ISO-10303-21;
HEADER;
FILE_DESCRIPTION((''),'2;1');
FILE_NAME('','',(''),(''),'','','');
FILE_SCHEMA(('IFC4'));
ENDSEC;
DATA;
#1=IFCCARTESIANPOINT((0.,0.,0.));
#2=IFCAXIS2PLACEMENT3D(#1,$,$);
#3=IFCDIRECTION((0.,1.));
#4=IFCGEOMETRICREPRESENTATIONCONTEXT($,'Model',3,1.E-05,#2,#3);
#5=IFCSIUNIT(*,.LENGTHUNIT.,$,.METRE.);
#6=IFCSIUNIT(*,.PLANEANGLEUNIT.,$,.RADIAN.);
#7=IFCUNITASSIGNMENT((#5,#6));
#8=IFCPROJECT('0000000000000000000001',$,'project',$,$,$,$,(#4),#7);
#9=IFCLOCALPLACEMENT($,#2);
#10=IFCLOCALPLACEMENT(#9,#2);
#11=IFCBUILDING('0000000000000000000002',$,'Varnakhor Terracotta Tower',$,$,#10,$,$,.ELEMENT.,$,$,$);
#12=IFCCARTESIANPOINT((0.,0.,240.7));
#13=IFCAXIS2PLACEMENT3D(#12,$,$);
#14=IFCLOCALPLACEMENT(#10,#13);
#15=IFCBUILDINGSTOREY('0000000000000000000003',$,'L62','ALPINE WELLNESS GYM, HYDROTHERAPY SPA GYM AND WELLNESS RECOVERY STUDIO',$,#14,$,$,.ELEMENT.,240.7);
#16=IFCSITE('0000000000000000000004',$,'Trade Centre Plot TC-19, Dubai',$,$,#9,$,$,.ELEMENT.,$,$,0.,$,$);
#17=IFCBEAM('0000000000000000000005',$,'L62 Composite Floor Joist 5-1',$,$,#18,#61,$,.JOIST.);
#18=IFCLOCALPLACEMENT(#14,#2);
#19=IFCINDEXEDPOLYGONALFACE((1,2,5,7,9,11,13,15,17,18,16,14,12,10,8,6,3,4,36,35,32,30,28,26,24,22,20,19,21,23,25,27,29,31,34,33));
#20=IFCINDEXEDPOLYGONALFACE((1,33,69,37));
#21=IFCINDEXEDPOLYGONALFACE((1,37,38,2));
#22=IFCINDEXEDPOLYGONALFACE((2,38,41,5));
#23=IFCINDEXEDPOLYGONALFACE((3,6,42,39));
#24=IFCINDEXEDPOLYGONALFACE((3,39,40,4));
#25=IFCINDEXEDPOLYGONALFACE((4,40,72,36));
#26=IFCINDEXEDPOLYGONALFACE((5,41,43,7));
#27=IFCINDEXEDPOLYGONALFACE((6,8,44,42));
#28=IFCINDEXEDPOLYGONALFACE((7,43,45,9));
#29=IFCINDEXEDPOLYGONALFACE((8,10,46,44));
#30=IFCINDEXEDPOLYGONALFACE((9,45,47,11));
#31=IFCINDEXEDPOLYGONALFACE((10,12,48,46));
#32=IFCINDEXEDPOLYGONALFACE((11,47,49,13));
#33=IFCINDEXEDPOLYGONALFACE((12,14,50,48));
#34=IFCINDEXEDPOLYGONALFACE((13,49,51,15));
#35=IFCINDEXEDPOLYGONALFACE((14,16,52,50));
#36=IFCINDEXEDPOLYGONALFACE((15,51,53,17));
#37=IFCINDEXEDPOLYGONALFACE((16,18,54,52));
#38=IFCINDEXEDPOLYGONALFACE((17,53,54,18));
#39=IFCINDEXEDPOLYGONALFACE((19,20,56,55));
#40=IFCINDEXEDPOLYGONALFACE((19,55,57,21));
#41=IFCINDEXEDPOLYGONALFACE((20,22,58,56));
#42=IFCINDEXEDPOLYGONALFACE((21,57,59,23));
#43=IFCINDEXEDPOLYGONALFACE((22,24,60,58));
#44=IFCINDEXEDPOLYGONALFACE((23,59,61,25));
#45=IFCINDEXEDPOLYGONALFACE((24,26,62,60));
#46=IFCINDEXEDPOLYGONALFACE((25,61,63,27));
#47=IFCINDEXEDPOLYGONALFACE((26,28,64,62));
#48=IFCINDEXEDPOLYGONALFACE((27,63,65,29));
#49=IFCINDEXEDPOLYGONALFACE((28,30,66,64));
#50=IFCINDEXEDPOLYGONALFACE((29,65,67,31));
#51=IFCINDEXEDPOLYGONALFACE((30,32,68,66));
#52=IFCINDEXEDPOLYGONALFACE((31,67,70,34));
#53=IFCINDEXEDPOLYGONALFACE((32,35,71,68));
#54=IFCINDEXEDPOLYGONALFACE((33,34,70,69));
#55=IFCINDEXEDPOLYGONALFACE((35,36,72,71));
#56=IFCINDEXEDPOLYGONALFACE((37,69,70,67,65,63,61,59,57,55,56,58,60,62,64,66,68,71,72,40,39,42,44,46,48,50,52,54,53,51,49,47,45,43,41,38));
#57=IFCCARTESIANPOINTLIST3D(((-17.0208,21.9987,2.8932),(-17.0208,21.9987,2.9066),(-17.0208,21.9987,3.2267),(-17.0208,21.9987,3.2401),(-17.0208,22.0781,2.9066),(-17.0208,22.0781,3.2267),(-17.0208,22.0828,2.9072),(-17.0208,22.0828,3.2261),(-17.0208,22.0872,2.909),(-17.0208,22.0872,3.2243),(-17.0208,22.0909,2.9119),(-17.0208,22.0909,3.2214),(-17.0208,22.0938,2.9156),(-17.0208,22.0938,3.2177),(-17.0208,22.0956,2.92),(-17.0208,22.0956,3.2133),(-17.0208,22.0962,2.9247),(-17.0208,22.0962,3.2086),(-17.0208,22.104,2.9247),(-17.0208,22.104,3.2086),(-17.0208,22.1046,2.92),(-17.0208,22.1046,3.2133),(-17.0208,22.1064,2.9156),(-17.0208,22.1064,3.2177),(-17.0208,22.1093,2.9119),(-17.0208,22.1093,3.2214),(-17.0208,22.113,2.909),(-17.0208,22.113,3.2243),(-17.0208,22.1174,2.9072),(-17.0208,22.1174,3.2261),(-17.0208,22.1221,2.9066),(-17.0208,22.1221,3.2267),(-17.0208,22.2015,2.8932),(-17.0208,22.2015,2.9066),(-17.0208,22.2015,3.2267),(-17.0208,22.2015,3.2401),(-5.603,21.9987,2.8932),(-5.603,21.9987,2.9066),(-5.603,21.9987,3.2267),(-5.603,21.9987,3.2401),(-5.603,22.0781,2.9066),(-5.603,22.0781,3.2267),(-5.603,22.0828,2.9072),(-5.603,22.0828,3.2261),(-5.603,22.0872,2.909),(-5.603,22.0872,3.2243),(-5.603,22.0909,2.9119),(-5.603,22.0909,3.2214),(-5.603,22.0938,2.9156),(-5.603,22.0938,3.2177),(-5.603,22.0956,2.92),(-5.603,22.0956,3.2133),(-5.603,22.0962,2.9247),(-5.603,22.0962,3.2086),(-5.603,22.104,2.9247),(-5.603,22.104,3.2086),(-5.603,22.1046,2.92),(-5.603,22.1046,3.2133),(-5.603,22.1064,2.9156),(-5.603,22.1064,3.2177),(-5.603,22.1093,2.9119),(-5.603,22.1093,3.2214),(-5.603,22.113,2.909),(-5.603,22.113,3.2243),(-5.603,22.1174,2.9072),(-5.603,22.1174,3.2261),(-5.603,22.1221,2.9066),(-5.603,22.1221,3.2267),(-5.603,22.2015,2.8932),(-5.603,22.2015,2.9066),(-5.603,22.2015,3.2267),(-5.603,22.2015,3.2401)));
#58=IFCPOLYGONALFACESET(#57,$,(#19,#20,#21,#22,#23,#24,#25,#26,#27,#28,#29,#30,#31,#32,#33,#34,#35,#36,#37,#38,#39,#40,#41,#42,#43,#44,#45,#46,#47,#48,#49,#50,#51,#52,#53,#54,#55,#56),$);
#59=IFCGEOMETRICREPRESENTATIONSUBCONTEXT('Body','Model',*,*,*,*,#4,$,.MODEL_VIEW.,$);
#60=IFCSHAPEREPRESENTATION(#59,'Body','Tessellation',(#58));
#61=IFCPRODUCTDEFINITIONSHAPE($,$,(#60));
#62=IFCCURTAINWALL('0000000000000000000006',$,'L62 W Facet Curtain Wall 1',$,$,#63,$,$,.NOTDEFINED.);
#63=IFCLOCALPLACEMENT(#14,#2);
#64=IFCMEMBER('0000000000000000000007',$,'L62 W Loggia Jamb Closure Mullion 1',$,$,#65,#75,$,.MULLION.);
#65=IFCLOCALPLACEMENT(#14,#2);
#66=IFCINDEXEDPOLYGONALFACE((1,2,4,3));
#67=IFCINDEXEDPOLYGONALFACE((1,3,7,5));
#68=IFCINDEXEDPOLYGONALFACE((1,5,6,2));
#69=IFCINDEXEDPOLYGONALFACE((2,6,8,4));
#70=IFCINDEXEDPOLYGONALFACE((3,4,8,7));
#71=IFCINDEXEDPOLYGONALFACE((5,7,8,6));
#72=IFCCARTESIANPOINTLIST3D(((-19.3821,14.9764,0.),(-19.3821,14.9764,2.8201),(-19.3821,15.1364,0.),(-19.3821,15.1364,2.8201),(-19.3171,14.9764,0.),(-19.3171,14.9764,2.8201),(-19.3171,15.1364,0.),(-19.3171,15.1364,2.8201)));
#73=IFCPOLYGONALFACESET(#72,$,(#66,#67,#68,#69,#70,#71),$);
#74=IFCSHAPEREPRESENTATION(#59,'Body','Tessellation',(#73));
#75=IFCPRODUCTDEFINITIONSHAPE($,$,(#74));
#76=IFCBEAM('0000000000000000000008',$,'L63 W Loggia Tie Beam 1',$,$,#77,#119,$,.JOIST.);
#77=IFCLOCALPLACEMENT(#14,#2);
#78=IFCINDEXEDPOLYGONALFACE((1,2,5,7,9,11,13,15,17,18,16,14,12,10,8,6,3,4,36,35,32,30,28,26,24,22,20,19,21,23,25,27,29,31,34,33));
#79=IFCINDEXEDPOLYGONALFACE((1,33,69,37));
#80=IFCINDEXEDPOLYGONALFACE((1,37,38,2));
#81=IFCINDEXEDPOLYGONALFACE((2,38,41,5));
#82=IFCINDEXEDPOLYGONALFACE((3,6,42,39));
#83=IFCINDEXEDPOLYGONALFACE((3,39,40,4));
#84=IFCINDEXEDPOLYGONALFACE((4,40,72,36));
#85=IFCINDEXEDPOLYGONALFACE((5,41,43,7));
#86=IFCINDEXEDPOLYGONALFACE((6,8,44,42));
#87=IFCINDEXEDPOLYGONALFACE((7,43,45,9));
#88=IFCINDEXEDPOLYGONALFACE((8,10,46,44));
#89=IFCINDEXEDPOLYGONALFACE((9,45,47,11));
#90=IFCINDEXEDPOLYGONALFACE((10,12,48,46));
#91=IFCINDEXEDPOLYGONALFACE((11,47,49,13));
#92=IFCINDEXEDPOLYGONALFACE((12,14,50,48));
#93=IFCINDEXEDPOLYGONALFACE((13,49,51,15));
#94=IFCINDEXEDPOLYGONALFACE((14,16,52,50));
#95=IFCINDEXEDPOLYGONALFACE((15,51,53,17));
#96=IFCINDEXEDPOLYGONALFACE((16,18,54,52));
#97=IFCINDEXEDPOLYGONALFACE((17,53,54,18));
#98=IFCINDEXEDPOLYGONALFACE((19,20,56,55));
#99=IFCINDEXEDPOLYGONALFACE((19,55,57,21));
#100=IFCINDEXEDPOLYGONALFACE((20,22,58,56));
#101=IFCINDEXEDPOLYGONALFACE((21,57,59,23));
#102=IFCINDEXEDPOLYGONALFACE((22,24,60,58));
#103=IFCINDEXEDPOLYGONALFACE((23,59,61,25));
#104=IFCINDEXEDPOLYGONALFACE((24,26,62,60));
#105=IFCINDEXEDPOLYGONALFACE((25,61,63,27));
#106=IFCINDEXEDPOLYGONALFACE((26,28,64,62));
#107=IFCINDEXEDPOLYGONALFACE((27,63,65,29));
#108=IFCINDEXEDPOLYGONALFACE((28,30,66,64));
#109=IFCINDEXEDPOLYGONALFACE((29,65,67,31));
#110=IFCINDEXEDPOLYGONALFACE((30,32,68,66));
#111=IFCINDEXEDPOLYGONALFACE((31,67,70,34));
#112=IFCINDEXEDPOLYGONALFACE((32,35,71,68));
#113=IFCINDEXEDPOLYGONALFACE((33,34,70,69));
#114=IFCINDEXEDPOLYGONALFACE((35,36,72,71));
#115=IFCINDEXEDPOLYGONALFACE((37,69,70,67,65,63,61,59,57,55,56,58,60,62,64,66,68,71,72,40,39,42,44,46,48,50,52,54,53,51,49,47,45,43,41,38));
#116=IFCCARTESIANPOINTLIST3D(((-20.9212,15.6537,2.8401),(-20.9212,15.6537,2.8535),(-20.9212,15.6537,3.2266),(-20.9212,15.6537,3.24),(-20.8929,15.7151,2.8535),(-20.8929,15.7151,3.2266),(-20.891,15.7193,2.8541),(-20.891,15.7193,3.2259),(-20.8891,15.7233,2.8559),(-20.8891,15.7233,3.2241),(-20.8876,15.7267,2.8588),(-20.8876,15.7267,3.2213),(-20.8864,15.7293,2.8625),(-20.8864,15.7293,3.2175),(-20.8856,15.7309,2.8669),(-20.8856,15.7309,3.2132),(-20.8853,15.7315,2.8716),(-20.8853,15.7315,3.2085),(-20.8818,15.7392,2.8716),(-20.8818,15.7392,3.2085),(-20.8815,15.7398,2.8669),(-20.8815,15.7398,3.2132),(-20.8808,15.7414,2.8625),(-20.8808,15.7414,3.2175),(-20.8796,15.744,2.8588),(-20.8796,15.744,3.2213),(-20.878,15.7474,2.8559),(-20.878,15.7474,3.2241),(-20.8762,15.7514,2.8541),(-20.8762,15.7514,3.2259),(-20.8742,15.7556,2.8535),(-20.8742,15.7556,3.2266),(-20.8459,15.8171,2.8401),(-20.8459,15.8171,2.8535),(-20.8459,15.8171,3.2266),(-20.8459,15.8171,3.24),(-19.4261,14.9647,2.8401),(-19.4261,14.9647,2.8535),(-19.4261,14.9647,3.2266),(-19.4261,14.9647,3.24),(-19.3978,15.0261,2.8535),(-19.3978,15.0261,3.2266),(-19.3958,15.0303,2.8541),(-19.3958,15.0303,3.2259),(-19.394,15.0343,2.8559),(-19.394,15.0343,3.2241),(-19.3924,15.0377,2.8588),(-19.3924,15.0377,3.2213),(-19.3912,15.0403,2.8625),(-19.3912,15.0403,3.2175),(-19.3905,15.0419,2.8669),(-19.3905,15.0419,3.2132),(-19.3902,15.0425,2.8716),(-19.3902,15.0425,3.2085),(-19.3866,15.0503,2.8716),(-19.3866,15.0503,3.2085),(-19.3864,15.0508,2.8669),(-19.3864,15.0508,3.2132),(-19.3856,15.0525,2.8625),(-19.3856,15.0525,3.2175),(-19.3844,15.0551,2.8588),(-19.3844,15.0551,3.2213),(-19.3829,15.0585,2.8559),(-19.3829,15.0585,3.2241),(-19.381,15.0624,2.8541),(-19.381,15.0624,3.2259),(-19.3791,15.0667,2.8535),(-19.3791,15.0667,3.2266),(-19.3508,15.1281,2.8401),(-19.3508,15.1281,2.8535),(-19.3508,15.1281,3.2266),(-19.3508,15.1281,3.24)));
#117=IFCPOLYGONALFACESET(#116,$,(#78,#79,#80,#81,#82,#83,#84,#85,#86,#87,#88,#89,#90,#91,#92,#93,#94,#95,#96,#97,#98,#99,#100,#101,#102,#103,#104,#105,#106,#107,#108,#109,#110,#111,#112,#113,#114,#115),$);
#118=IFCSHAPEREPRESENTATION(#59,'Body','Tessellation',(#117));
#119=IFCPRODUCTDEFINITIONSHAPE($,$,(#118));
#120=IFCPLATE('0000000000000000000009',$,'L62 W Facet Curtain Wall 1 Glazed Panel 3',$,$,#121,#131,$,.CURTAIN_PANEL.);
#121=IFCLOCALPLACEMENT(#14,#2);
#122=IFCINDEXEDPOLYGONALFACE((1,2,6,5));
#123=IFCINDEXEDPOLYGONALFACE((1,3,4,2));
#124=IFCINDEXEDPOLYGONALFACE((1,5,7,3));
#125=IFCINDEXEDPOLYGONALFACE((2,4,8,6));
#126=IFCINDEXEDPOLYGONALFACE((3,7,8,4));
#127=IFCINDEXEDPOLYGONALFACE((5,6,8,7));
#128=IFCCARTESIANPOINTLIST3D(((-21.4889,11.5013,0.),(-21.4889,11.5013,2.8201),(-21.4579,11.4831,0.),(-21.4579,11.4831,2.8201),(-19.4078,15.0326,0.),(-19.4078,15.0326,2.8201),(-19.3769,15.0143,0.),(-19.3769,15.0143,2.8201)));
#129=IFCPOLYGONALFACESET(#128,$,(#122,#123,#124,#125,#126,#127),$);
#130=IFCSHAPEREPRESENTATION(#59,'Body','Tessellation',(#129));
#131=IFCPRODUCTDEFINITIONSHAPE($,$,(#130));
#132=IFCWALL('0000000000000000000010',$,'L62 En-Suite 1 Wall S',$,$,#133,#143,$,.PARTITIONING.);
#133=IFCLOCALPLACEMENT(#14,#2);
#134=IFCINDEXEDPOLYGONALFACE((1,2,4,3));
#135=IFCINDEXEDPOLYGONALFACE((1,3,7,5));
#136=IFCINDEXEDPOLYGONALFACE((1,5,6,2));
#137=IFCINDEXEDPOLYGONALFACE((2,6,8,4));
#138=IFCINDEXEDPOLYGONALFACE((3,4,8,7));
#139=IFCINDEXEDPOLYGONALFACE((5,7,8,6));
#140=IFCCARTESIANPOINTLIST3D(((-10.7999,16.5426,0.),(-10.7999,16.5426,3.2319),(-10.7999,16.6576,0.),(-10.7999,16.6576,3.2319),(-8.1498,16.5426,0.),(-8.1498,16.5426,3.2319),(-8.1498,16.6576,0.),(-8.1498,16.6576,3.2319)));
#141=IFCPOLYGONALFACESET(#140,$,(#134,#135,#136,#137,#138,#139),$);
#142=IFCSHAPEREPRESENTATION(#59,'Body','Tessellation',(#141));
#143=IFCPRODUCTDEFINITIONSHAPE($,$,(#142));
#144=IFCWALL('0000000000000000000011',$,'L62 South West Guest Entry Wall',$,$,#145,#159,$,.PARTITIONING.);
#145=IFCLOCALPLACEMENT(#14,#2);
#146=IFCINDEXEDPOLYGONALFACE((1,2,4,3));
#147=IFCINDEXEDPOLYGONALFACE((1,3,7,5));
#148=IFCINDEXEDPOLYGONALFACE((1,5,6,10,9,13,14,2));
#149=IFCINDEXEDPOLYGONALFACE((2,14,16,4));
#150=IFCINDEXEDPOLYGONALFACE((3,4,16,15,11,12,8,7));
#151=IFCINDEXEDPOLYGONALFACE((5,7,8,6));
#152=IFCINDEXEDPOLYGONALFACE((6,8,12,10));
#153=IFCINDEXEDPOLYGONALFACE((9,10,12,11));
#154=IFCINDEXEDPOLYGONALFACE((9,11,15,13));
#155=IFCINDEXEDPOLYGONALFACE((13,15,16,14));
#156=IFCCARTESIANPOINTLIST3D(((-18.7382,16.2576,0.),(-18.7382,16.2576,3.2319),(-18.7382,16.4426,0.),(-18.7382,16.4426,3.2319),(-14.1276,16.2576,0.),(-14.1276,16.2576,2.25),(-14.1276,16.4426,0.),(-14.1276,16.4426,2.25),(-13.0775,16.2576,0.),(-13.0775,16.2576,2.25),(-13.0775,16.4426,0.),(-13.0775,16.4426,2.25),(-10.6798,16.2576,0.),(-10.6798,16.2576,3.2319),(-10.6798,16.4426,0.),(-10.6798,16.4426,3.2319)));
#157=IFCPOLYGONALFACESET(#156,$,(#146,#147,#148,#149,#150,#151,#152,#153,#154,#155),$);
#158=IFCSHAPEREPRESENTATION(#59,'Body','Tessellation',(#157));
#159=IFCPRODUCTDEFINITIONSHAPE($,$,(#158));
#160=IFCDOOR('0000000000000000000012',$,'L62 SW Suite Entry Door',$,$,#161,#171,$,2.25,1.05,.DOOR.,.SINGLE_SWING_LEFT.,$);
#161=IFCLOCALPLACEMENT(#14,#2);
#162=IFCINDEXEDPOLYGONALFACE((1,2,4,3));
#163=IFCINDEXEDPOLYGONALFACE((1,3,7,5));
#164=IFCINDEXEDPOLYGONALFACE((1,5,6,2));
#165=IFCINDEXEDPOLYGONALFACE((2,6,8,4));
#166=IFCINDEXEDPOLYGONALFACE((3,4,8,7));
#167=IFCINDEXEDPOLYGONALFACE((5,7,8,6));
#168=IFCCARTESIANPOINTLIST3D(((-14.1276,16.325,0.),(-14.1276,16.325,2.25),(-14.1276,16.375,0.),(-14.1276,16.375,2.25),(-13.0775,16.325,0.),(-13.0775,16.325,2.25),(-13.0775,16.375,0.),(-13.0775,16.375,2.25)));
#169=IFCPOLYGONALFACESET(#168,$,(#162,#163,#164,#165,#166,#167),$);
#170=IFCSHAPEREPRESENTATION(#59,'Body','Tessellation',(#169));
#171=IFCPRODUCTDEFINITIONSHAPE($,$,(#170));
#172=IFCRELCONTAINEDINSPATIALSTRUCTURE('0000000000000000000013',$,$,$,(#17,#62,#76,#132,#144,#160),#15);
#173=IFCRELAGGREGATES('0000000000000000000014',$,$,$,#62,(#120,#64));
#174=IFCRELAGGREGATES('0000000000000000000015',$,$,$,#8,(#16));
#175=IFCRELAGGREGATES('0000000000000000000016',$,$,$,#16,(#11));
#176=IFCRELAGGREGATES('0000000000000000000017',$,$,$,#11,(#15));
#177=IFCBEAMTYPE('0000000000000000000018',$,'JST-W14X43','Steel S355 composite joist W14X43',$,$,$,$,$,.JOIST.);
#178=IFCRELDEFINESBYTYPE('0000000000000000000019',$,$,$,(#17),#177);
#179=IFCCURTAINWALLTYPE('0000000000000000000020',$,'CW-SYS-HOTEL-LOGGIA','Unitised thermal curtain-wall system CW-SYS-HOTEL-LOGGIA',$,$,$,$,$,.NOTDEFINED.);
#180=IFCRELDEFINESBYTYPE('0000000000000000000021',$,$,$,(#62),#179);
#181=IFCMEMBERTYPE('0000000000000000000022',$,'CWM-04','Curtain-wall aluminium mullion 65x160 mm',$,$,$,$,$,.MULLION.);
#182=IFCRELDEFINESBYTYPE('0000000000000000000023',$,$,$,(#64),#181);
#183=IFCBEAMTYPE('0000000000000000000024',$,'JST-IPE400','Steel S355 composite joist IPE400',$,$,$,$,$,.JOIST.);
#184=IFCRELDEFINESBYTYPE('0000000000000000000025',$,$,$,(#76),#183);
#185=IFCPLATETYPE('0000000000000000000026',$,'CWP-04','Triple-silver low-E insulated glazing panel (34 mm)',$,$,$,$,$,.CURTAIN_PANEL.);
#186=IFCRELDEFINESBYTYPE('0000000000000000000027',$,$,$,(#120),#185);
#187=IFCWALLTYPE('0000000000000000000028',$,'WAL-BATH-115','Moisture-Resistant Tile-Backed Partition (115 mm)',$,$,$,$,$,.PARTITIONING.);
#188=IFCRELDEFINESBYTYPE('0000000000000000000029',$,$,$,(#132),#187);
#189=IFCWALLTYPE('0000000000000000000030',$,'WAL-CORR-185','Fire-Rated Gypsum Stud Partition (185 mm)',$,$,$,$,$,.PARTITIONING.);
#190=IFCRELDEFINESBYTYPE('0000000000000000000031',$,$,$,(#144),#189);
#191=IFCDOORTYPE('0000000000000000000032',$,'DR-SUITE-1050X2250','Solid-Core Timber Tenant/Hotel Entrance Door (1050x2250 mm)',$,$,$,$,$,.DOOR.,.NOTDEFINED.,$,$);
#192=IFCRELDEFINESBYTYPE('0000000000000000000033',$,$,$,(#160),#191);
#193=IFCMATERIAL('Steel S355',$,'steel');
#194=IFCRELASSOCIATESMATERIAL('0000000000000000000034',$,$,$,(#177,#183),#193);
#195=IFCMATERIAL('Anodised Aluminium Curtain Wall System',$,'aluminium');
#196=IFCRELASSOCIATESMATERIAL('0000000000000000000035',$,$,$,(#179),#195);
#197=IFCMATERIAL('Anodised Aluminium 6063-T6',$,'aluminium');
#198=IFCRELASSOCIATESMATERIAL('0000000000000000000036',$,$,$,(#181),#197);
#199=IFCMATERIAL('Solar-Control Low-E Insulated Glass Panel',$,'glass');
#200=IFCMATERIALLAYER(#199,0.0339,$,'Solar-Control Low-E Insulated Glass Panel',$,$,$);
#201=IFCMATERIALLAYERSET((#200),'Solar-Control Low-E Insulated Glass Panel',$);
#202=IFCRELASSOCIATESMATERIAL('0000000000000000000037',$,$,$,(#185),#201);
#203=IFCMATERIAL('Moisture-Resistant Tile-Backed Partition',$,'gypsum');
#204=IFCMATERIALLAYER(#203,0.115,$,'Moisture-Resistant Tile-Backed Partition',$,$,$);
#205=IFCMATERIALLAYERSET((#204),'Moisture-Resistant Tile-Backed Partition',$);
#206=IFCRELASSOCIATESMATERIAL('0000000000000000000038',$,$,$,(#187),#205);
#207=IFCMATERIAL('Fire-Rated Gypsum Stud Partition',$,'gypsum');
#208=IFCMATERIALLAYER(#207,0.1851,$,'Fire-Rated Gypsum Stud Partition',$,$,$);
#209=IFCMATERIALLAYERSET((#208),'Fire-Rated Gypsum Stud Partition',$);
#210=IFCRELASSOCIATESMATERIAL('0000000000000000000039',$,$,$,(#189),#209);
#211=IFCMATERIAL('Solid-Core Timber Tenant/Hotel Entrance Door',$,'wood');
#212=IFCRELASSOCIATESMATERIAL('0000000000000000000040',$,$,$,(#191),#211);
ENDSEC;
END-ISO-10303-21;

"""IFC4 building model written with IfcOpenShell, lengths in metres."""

from ifc_helpers import new_model, si_unit, direction, frame, frame_2d, origin, origin_2d, place, context, subcontext, project, spatial, rectangle, i_section, extrude, source, transform, mapped, material, layer, layer_set, material_profile, profile_set, type_object, type_shapes, element, fill, aggregate, save


model = new_model("IFC4")

# Units and contexts
model_context = context("Model", 3, precision=1e-05, world=origin(), true_north=direction((0.0, 1.0)))
body_context = subcontext(model_context, "Body", "Model", "MODEL_VIEW")
ifc_project = project(units=[si_unit("LENGTHUNIT", "METRE"), si_unit("PLANEANGLEUNIT", "RADIAN")], contexts=[model_context])

# Site, building, storey
site_placement = place(None, origin())
site = spatial("IfcSite", under=ifc_project, at=site_placement, Name="Trade Centre Plot TC-19, Dubai", CompositionType="ELEMENT", RefElevation=0.0)
building_placement = place(site_placement, origin())
building = spatial("IfcBuilding", under=site, at=building_placement, Name="Varnakhor Terracotta Tower", CompositionType="ELEMENT")
storey_placement = place(building_placement, frame((0.0, 0.0, 240.7)))
storey = spatial("IfcBuildingStorey", under=building, at=storey_placement, Name="L62", Description="ALPINE WELLNESS GYM, HYDROTHERAPY SPA GYM AND WELLNESS RECOVERY STUDIO", CompositionType="ELEMENT", Elevation=240.7)

# Beam
ifc_material_1 = material(Name="Steel S355", Category="steel")
ifc_material_profile_1 = material_profile(ifc_material_1, i_section(OverallWidth=0.2029, OverallDepth=0.3469, WebThickness=0.0078, FlangeThickness=0.0134, FilletRadius=0.0181, at=origin_2d()), Name="W14X43")
ifc_profile_set_1 = profile_set([ifc_material_profile_1], Name="Steel S355")
beam_type_1 = type_object("IfcBeamType", Name="JST-W14X43", Description="Steel S355 composite joist W14X43", PredefinedType="JOIST", material=ifc_profile_set_1)
shared_shape_1 = source(origin(), body_context, "Body", "SweptSolid", [
    extrude(i_section(OverallWidth=0.2029, OverallDepth=0.3469, WebThickness=0.0078, FlangeThickness=0.0134, FilletRadius=0.0181, at=origin_2d()), origin(), (0.0, 0.0, 1.0), 11.4177),
])
beam_1_placement = place(storey_placement, frame((-17.0208, 22.1001, 3.0667), z_axis=(1.0, 0.0, 0.0), x_axis=(0.0, 1.0, 0.0)))
element("IfcBeam", 1, at=beam_1_placement, inside=storey, type_object=beam_type_1, Name="L62 Composite Floor Joist 5-1", PredefinedType="JOIST", context=body_context, shape_type="MappedRepresentation", body=[
    mapped(shared_shape_1, transform((0.0, 0.0, 0.0), scale=1.0)),
])

# Curtain wall, member
ifc_material_2 = material(Name="Anodised Aluminium Curtain Wall System", Category="aluminium")
curtain_wall_type = type_object("IfcCurtainWallType", Name="CW-SYS-HOTEL-LOGGIA", Description="Unitised thermal curtain-wall system CW-SYS-HOTEL-LOGGIA", PredefinedType="NOTDEFINED", material=ifc_material_2)
curtain_wall_placement = place(storey_placement, origin())
curtain_wall = element("IfcCurtainWall", 2, at=curtain_wall_placement, inside=storey, type_object=curtain_wall_type, Name="L62 W Facet Curtain Wall 1", PredefinedType="NOTDEFINED")
ifc_material_3 = material(Name="Anodised Aluminium 6063-T6", Category="aluminium")
ifc_material_profile_2 = material_profile(ifc_material_3, rectangle(XDim=0.0649, YDim=0.1599, at=origin_2d()), Name="ALU MULLION 65x160")
ifc_profile_set_2 = profile_set([ifc_material_profile_2], Name="Anodised Aluminium 6063-T6")
member_type = type_object("IfcMemberType", Name="CWM-04", Description="Curtain-wall aluminium mullion 65x160 mm", PredefinedType="MULLION", material=ifc_profile_set_2)
shared_shape_2 = source(origin(), body_context, "Body", "SweptSolid", [
    extrude(rectangle(XDim=0.0649, YDim=0.1599, at=origin_2d()), origin(), (0.0, 0.0, 1.0), 2.8201),
])
type_shapes(member_type, [shared_shape_2])
member_placement = place(storey_placement, frame((-19.3496, 15.0564, 0.0), z_axis=(0.0, 0.0, 1.0), x_axis=(1.0, 0.0, 0.0)))
member = element("IfcMember", 3, at=member_placement, type_object=member_type, Name="L62 W Loggia Jamb Closure Mullion 1", PredefinedType="MULLION", context=body_context, shape_type="MappedRepresentation", body=[
    mapped(shared_shape_2, transform((0.0, 0.0, 0.0), scale=1.0)),
])

# Beam
ifc_material_profile_3 = material_profile(ifc_material_1, i_section(OverallWidth=0.1799, OverallDepth=0.3999, WebThickness=0.0085, FlangeThickness=0.0134, FilletRadius=0.0181, at=origin_2d()), Name="IPE400")
ifc_profile_set_3 = profile_set([ifc_material_profile_3], Name="Steel S355")
beam_type_2 = type_object("IfcBeamType", Name="JST-IPE400", Description="Steel S355 composite joist IPE400", PredefinedType="JOIST", material=ifc_profile_set_3)
shared_shape_3 = source(origin(), body_context, "Body", "SweptSolid", [
    extrude(i_section(OverallWidth=0.1799, OverallDepth=0.3999, WebThickness=0.0085, FlangeThickness=0.0134, FilletRadius=0.0181, at=origin_2d()), origin(), (0.0, 0.0, 1.0), 1.6462),
])
beam_2_placement = place(storey_placement, frame((-19.3884, 15.0464, 3.04), z_axis=(-0.908211, 0.418513, 0.0), x_axis=(-0.418513, -0.908211, 0.0)))
element("IfcBeam", 4, at=beam_2_placement, inside=storey, type_object=beam_type_2, Name="L63 W Loggia Tie Beam 1", PredefinedType="JOIST", context=body_context, shape_type="MappedRepresentation", body=[
    mapped(shared_shape_3, transform((0.0, 0.0, 0.0), scale=1.0)),
])

# Plate
ifc_material_4 = material(Name="Solar-Control Low-E Insulated Glass Panel", Category="glass")
ifc_layer_1 = layer(ifc_material_4, 0.0339, Name="Solar-Control Low-E Insulated Glass Panel")
ifc_layer_set_1 = layer_set([ifc_layer_1], Name="Solar-Control Low-E Insulated Glass Panel")
plate_type = type_object("IfcPlateType", Name="CWP-04", Description="Triple-silver low-E insulated glazing panel (34 mm)", PredefinedType="CURTAIN_PANEL", material=ifc_layer_set_1)
shared_shape_4 = source(origin(), body_context, "Body", "SweptSolid", [
    extrude(rectangle(XDim=4.0989, YDim=0.0359, at=origin_2d()), origin(), (0.0, 0.0, 1.0), 2.8201),
])
plate_placement = place(storey_placement, frame((-20.4329, 13.2578, 0.0), z_axis=(0.0, 0.0, 1.0), x_axis=(0.507719, 0.861523, 0.0)))
plate = element("IfcPlate", 5, at=plate_placement, type_object=plate_type, Name="L62 W Facet Curtain Wall 1 Glazed Panel 3", PredefinedType="CURTAIN_PANEL", context=body_context, shape_type="MappedRepresentation", body=[
    mapped(shared_shape_4, transform((0.0, 0.0, 0.0), scale=1.0)),
])
aggregate(curtain_wall, [plate, member])

# Wall
ifc_material_5 = material(Name="Moisture-Resistant Tile-Backed Partition", Category="gypsum")
ifc_layer_2 = layer(ifc_material_5, 0.115, Name="Moisture-Resistant Tile-Backed Partition")
ifc_layer_set_2 = layer_set([ifc_layer_2], Name="Moisture-Resistant Tile-Backed Partition")
wall_type_1 = type_object("IfcWallType", Name="WAL-BATH-115", Description="Moisture-Resistant Tile-Backed Partition (115 mm)", PredefinedType="PARTITIONING", material=ifc_layer_set_2)
wall_1_placement = place(storey_placement, frame((-10.8, 16.6001, 0.0), z_axis=(0.0, 0.0, 1.0), x_axis=(1.0, 0.0, 0.0)))
element("IfcWall", 6, at=wall_1_placement, inside=storey, type_object=wall_type_1, Name="L62 En-Suite 1 Wall S", PredefinedType="PARTITIONING", context=body_context, shape_type="SweptSolid", body=[
    extrude(rectangle(XDim=2.6501, YDim=0.115, at=frame_2d((1.3252, 0.0))), origin(), (0.0, 0.0, 1.0), 3.2319),
])

# Wall, opening, door
ifc_material_6 = material(Name="Fire-Rated Gypsum Stud Partition", Category="gypsum")
ifc_layer_3 = layer(ifc_material_6, 0.1851, Name="Fire-Rated Gypsum Stud Partition")
ifc_layer_set_3 = layer_set([ifc_layer_3], Name="Fire-Rated Gypsum Stud Partition")
wall_type_2 = type_object("IfcWallType", Name="WAL-CORR-185", Description="Fire-Rated Gypsum Stud Partition (185 mm)", PredefinedType="PARTITIONING", material=ifc_layer_set_3)
wall_2_placement = place(storey_placement, frame((-18.7383, 16.3501, 0.0), z_axis=(0.0, 0.0, 1.0), x_axis=(1.0, 0.0, 0.0)))
wall_2 = element("IfcWall", 7, at=wall_2_placement, inside=storey, type_object=wall_type_2, Name="L62 South West Guest Entry Wall", PredefinedType="PARTITIONING", context=body_context, shape_type="SweptSolid", body=[
    extrude(rectangle(XDim=8.0583, YDim=0.1851, at=frame_2d((4.0293, 0.0))), origin(), (0.0, 0.0, 1.0), 3.2319),
])
opening_1_placement = place(wall_2_placement, frame((4.6108, 0.0, 0.0)))
opening_1 = element("IfcOpeningElement", 8, at=opening_1_placement, cuts=wall_2, PredefinedType="OPENING", context=body_context, shape_type="SweptSolid", body=[
    extrude(rectangle(XDim=1.05, YDim=2.25, at=frame_2d((0.5249, 1.125))), frame((0.0, 0.1025, 0.0), z_axis=(0.0, -1.0, 0.0), x_axis=(1.0, 0.0, 0.0)), (0.0, 0.0, 1.0), 0.2051),
])
ifc_material_7 = material(Name="Solid-Core Timber Tenant/Hotel Entrance Door", Category="wood")
door_type_1 = type_object("IfcDoorType", Name="DR-SUITE-1050X2250", Description="Solid-Core Timber Tenant/Hotel Entrance Door (1050x2250 mm)", OperationType="NOTDEFINED", PredefinedType="DOOR", material=ifc_material_7)
shared_shape_5 = source(origin(), body_context, "Body", "SweptSolid", [
    extrude(rectangle(XDim=1.05, YDim=2.25, at=frame_2d((0.5249, 1.125))), frame((0.0, 0.0249, 0.0), z_axis=(0.0, -1.0, 0.0), x_axis=(1.0, 0.0, 0.0)), (0.0, 0.0, 1.0), 0.05),
])
type_shapes(door_type_1, [shared_shape_5])
door_1_placement = place(opening_1_placement, origin())
door_1 = element("IfcDoor", 9, at=door_1_placement, inside=storey, type_object=door_type_1, Name="L62 SW Suite Entry Door", OperationType="SINGLE_SWING_LEFT", OverallHeight=2.25, OverallWidth=1.05, PredefinedType="DOOR", context=body_context, shape_type="MappedRepresentation", body=[
    mapped(shared_shape_5, transform((0.0, 0.0, 0.0), scale=1.0)),
])
fill(opening_1, door_1)

save(model, "model.ifc")
